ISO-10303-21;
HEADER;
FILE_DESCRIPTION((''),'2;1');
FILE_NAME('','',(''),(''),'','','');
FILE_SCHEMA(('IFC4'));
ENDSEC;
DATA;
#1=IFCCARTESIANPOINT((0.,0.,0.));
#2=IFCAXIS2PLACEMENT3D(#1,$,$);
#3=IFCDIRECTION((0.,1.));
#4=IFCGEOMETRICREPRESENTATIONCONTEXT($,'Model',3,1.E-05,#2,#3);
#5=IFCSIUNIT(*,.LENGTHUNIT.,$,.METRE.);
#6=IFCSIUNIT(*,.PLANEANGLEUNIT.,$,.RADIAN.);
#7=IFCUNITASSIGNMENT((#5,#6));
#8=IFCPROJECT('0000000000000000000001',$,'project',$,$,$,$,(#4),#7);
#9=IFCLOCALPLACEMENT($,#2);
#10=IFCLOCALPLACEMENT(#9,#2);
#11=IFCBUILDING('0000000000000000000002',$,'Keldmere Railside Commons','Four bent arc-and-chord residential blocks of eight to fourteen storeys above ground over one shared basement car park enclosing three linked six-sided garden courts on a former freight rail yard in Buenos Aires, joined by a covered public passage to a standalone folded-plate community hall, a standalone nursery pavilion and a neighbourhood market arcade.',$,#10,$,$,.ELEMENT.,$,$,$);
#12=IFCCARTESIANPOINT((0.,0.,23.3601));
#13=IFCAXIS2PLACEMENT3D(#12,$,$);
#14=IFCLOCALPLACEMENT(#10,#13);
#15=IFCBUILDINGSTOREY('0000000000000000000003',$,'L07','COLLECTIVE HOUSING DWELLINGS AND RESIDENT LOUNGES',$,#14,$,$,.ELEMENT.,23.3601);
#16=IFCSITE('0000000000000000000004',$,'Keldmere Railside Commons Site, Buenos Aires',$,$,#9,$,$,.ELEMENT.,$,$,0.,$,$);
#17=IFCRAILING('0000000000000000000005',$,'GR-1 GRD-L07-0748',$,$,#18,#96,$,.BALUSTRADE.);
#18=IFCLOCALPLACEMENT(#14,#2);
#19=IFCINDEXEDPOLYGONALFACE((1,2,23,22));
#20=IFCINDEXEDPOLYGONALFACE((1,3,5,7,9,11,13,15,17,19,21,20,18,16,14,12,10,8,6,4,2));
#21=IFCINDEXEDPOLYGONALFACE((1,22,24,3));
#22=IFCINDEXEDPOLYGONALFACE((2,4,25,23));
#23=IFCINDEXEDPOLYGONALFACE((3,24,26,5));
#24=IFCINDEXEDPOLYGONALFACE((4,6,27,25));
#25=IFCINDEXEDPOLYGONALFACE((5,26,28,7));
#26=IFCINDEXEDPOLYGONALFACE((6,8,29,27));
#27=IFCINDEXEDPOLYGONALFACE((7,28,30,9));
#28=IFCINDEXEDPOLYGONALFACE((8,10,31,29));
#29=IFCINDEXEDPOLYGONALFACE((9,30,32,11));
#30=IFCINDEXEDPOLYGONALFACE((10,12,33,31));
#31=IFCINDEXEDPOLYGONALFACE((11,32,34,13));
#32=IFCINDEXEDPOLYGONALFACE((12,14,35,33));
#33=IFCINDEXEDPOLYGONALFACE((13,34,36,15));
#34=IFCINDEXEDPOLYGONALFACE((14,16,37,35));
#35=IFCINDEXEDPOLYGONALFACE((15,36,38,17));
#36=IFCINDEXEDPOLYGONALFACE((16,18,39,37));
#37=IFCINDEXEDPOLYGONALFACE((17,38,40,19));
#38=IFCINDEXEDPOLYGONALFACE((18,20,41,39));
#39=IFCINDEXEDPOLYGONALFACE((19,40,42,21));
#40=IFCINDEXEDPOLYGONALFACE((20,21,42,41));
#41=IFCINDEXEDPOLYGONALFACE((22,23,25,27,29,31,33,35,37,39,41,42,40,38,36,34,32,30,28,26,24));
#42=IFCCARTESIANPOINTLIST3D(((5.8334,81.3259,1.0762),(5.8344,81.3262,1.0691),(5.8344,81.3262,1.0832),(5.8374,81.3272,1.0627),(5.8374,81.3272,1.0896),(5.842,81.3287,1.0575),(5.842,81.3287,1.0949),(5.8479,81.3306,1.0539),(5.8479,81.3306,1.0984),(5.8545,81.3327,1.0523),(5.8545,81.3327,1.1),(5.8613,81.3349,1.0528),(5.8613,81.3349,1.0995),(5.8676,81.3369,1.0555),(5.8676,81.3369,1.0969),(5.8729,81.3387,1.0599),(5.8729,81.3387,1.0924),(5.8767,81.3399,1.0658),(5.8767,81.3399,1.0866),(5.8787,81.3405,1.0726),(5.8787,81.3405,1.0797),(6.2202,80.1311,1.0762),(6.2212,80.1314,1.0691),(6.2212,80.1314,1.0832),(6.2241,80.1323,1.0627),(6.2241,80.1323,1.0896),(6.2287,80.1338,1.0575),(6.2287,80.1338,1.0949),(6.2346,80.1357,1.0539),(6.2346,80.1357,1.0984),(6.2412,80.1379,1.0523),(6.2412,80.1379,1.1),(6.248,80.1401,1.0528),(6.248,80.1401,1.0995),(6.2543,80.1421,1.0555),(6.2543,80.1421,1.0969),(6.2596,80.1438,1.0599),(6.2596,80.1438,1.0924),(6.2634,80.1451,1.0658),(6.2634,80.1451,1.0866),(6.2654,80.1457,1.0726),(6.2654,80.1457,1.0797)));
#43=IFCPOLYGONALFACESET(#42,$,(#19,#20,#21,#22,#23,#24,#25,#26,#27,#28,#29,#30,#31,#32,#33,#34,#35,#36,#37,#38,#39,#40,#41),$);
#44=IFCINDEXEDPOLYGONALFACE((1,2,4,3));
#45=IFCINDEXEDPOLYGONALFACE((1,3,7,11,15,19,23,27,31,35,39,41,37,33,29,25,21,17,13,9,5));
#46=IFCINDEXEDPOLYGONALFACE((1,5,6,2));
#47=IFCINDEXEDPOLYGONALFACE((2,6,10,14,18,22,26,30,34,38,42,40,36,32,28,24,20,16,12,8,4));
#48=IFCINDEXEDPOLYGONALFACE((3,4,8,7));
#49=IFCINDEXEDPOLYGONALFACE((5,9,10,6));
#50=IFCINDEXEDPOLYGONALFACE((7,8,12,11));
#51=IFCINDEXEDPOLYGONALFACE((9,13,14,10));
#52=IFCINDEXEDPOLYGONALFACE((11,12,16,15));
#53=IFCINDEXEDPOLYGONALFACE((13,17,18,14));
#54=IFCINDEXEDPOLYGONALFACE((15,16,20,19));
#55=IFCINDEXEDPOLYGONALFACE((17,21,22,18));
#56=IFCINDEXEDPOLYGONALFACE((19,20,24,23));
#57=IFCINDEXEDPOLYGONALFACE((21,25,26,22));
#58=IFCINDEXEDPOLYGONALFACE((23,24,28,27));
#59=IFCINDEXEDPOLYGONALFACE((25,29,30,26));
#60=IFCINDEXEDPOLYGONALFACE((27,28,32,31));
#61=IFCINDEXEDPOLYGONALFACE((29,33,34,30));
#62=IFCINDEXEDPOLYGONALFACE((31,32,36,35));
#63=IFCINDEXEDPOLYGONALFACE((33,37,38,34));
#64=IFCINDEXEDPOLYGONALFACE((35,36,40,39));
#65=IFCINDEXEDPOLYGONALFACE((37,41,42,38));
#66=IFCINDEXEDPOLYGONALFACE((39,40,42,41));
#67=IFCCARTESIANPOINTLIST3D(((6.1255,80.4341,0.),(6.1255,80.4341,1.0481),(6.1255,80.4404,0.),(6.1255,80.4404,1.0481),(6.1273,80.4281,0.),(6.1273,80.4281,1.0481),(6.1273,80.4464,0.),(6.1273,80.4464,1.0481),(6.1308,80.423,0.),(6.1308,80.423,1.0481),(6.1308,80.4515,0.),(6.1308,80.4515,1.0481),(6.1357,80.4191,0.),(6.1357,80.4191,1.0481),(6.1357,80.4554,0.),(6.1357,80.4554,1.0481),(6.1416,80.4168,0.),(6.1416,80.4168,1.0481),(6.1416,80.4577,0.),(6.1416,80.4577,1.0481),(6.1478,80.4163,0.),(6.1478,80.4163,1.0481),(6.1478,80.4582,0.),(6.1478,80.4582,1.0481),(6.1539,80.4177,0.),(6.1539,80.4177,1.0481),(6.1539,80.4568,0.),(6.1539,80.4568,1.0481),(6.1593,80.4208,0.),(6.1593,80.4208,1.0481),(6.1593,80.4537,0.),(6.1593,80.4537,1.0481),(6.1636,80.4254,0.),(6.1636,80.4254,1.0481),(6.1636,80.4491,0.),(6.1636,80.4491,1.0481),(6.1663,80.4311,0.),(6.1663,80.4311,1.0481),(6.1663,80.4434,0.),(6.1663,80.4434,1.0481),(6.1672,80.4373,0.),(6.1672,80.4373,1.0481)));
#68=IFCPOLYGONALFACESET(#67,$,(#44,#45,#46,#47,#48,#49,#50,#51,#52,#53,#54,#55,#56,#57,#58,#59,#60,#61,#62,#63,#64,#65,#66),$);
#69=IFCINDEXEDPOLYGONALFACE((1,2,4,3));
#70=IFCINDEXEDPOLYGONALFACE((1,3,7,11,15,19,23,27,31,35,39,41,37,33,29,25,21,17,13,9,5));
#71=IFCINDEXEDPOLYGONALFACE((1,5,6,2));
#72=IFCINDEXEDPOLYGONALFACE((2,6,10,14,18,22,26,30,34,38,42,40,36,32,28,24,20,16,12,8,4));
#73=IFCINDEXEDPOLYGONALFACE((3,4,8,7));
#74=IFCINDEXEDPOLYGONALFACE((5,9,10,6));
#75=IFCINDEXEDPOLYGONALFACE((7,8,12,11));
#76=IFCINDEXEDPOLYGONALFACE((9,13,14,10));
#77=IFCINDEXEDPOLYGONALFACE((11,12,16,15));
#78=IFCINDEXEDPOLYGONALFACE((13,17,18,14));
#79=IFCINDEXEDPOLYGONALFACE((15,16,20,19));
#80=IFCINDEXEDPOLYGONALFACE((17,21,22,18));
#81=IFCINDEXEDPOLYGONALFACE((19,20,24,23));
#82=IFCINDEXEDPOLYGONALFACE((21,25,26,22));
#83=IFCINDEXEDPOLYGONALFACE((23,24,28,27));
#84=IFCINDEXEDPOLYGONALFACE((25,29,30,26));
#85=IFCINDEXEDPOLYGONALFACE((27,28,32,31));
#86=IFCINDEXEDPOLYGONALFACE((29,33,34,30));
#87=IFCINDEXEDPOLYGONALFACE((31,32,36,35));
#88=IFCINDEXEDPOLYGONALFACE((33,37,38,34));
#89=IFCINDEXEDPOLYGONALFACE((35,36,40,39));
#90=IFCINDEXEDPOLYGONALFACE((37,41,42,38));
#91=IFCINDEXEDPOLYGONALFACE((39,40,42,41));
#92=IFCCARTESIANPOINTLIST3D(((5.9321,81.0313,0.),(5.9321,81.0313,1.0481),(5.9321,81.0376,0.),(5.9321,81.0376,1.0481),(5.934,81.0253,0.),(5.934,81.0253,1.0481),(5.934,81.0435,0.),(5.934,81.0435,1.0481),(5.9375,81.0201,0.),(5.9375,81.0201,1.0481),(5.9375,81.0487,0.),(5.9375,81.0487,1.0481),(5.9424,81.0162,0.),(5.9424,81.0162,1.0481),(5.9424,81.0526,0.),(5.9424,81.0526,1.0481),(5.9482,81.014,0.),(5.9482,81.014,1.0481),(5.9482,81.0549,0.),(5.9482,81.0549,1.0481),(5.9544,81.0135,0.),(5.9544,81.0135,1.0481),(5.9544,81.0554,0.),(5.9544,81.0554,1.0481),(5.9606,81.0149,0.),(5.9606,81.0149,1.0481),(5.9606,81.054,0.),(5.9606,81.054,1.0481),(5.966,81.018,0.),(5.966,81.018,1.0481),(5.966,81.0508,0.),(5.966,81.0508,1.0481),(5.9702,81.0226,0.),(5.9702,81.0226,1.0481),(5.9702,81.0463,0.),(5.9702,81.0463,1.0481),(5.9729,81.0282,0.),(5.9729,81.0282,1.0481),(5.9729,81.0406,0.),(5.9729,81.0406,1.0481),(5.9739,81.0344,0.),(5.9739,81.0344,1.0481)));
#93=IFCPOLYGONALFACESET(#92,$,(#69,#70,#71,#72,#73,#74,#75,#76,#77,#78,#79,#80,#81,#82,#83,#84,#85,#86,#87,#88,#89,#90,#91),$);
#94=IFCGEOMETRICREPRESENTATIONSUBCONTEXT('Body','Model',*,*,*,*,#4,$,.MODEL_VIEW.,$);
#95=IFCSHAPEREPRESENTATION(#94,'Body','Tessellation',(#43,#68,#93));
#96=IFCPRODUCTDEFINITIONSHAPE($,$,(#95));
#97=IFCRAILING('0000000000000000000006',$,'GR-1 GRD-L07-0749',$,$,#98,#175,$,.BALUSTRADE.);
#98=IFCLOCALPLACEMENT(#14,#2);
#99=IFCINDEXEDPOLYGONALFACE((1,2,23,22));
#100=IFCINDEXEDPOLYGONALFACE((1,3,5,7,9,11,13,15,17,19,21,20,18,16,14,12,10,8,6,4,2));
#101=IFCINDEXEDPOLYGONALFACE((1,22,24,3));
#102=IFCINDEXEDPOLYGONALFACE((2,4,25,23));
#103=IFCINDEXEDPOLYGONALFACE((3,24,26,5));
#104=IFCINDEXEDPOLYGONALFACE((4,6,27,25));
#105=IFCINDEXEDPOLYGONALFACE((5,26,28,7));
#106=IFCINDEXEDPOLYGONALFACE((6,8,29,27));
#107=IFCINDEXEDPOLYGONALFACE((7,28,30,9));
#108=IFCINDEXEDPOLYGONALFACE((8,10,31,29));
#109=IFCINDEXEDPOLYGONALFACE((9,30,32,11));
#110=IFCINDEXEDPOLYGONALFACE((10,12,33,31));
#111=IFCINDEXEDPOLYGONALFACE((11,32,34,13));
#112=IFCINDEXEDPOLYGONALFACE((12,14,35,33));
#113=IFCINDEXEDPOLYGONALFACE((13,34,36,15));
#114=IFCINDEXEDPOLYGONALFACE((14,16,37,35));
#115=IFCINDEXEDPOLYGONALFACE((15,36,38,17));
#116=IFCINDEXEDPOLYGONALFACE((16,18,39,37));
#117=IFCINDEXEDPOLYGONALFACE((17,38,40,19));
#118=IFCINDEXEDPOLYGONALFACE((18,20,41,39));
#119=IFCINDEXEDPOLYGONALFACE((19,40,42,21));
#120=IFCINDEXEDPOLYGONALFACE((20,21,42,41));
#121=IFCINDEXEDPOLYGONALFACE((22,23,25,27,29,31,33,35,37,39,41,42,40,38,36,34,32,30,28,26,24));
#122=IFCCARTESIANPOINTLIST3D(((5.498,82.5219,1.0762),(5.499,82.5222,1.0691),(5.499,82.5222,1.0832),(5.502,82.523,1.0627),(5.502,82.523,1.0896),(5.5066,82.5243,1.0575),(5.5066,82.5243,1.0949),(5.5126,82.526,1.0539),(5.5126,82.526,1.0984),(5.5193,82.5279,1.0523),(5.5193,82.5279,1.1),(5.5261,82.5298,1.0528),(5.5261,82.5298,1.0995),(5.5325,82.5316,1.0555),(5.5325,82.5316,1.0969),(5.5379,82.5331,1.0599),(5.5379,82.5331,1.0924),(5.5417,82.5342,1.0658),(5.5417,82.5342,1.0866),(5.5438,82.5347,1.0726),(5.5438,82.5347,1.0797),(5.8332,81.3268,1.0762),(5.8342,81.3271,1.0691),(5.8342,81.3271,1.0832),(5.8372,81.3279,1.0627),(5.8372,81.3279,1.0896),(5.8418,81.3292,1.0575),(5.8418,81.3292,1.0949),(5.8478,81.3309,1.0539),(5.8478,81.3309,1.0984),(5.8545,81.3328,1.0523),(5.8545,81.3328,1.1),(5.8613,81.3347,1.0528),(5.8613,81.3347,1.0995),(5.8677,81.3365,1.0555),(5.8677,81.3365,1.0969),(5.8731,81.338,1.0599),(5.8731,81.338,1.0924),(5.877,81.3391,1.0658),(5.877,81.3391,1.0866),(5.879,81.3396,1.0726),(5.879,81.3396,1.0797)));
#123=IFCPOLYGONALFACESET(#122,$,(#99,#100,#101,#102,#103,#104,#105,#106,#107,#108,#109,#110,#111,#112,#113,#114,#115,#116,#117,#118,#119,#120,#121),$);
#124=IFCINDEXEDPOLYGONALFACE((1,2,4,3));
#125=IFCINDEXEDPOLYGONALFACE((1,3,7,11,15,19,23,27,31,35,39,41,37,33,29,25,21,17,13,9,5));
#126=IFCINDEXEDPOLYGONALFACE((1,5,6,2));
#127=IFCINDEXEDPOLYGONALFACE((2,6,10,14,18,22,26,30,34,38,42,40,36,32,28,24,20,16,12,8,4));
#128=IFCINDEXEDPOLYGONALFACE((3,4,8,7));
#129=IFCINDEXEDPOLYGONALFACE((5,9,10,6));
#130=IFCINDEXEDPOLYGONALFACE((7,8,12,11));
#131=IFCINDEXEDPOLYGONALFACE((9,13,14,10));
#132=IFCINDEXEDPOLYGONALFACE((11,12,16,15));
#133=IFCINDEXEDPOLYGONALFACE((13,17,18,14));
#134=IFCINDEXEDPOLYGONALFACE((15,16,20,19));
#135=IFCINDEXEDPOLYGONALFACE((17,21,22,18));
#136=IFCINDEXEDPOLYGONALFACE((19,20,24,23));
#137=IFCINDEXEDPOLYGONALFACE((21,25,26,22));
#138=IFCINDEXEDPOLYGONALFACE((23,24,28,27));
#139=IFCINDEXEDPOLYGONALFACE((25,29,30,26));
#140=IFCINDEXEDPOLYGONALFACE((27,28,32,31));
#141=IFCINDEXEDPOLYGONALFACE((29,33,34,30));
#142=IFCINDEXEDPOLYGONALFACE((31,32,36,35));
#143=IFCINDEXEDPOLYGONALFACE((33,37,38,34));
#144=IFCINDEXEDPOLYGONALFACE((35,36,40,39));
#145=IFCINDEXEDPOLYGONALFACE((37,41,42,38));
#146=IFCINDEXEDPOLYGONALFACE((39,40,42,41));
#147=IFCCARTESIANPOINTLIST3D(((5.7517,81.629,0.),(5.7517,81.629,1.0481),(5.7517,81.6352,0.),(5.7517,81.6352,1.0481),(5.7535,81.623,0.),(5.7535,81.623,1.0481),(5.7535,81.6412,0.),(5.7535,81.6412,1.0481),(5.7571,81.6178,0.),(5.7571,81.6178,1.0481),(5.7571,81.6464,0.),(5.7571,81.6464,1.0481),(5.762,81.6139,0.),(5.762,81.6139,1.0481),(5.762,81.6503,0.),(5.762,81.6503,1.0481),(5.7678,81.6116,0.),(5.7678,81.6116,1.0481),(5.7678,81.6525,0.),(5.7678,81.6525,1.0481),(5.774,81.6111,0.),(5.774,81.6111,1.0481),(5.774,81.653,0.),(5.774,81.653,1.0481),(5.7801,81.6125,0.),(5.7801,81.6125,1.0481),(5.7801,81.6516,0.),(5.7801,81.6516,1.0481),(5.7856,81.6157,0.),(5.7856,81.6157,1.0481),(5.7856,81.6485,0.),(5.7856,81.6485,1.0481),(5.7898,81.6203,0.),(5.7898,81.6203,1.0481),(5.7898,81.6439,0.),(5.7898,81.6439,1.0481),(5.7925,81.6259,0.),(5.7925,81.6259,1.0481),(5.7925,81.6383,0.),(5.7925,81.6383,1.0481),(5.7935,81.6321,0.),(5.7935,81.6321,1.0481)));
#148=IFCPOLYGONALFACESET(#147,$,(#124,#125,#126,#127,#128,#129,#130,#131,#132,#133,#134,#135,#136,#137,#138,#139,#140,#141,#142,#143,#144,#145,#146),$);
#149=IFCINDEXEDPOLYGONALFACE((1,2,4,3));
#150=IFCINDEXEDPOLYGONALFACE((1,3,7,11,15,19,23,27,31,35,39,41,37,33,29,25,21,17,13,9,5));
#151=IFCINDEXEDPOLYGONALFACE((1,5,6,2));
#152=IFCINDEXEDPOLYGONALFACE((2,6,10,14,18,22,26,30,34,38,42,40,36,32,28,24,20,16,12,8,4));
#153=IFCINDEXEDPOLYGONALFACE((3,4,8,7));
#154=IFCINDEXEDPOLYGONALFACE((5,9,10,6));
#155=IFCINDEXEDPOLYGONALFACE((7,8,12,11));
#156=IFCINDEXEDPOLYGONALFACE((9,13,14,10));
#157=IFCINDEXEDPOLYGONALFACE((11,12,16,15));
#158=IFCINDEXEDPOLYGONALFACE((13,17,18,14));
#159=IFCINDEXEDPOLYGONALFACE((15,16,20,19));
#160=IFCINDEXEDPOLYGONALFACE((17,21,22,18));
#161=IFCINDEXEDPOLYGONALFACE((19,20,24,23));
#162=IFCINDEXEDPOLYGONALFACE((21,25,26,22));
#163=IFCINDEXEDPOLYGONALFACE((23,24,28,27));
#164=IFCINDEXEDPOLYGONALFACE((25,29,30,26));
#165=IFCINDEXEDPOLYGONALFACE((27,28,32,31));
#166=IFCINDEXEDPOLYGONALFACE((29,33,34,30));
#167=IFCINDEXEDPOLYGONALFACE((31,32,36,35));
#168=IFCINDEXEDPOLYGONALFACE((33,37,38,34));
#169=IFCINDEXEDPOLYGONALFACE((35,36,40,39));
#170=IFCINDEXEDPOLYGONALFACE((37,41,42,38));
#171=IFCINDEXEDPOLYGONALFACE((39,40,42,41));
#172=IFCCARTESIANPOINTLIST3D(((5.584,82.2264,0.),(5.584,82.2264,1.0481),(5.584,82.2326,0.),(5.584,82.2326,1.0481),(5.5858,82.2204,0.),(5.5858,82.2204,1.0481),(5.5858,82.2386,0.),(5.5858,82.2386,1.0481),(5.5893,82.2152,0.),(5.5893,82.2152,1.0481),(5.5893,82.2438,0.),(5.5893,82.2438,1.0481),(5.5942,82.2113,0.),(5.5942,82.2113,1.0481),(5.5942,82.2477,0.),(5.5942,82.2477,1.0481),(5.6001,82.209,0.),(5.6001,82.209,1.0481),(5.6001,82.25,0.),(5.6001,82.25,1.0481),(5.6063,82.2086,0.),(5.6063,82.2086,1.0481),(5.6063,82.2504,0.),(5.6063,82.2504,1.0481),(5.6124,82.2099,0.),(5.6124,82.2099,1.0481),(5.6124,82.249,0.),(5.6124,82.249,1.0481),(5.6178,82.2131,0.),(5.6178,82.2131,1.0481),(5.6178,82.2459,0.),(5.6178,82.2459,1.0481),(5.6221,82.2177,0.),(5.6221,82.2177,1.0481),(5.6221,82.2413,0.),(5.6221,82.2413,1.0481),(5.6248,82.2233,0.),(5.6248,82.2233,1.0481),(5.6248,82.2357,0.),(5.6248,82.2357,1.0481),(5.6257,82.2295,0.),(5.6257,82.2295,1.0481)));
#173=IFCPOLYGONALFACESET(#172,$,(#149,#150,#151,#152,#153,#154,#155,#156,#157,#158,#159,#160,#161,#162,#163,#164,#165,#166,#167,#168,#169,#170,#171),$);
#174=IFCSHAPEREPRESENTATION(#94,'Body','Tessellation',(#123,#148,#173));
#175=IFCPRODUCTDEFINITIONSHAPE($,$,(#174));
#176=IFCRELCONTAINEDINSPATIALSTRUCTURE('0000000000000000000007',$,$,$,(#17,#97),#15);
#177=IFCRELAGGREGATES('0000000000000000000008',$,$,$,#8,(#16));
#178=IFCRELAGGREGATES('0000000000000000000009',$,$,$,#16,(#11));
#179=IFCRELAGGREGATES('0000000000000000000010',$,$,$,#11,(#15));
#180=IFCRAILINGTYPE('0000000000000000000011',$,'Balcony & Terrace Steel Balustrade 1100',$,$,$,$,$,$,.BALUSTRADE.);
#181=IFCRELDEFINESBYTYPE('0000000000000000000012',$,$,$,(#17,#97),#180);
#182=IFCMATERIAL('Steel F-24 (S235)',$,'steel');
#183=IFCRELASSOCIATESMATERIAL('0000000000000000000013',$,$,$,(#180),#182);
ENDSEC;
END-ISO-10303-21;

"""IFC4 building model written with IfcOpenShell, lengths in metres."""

from ifc_helpers import new_model, si_unit, direction, frame, origin, origin_2d, place, context, subcontext, project, spatial, circle, extrude, material, type_object, element, save


model = new_model("IFC4")

# Units and contexts
model_context = context("Model", 3, precision=1e-05, world=origin(), true_north=direction((0.0, 1.0)))
body_context = subcontext(model_context, "Body", "Model", "MODEL_VIEW")
ifc_project = project(units=[si_unit("LENGTHUNIT", "METRE"), si_unit("PLANEANGLEUNIT", "RADIAN")], contexts=[model_context])

# Site, building, storey
site_placement = place(None, origin())
site = spatial("IfcSite", under=ifc_project, at=site_placement, Name="Keldmere Railside Commons Site, Buenos Aires", CompositionType="ELEMENT", RefElevation=0.0)
building_placement = place(site_placement, origin())
building = spatial("IfcBuilding", under=site, at=building_placement, Name="Keldmere Railside Commons", Description="Four bent arc-and-chord residential blocks of eight to fourteen storeys above ground over one shared basement car park enclosing three linked six-sided garden courts on a former freight rail yard in Buenos Aires, joined by a covered public passage to a standalone folded-plate community hall, a standalone nursery pavilion and a neighbourhood market arcade.", CompositionType="ELEMENT")
storey_placement = place(building_placement, frame((0.0, 0.0, 23.3601)))
storey = spatial("IfcBuildingStorey", under=building, at=storey_placement, Name="L07", Description="COLLECTIVE HOUSING DWELLINGS AND RESIDENT LOUNGES", CompositionType="ELEMENT", Elevation=23.3601)

# Railings
ifc_material_1 = material(Name="Steel F-24 (S235)", Category="steel")
railing_type = type_object("IfcRailingType", Name="Balcony & Terrace Steel Balustrade 1100", PredefinedType="BALUSTRADE", material=ifc_material_1)
railing_1_placement = place(storey_placement, frame((6.2429, 80.1384, 0.0)))
element("IfcRailing", 1, at=railing_1_placement, inside=storey, type_object=railing_type, Name="GR-1 GRD-L07-0748", PredefinedType="BALUSTRADE", context=body_context, shape_type="SweptSolid", body=[
    extrude(circle(Radius=0.0239, at=origin_2d()), frame((0.0, 0.0, 1.0762), z_axis=(-0.307934, 0.951408, 0.0), x_axis=(-0.951408, -0.307934, 0.0)), (0.0, 0.0, 1.0), 1.2559),
    extrude(circle(Radius=0.021, at=origin_2d()), frame((-0.0967, 0.2988, 0.0)), (0.0, 0.0, 1.0), 1.0481),
    extrude(circle(Radius=0.021, at=origin_2d()), frame((-0.29, 0.896, 0.0)), (0.0, 0.0, 1.0), 1.0481),
])
railing_2_placement = place(storey_placement, frame((5.8562, 81.3333, 0.0)))
element("IfcRailing", 2, at=railing_2_placement, inside=storey, type_object=railing_type, Name="GR-1 GRD-L07-0749", PredefinedType="BALUSTRADE", context=body_context, shape_type="SweptSolid", body=[
    extrude(circle(Radius=0.0239, at=origin_2d()), frame((0.0, 0.0, 1.0762), z_axis=(-0.270068, 0.962841, 0.0), x_axis=(-0.962841, -0.270068, 0.0)), (0.0, 0.0, 1.0), 1.2412),
    extrude(circle(Radius=0.021, at=origin_2d()), frame((-0.0837, 0.2988, 0.0)), (0.0, 0.0, 1.0), 1.0481),
    extrude(circle(Radius=0.021, at=origin_2d()), frame((-0.2515, 0.8962, 0.0)), (0.0, 0.0, 1.0), 1.0481),
])

save(model, "model.ifc")
